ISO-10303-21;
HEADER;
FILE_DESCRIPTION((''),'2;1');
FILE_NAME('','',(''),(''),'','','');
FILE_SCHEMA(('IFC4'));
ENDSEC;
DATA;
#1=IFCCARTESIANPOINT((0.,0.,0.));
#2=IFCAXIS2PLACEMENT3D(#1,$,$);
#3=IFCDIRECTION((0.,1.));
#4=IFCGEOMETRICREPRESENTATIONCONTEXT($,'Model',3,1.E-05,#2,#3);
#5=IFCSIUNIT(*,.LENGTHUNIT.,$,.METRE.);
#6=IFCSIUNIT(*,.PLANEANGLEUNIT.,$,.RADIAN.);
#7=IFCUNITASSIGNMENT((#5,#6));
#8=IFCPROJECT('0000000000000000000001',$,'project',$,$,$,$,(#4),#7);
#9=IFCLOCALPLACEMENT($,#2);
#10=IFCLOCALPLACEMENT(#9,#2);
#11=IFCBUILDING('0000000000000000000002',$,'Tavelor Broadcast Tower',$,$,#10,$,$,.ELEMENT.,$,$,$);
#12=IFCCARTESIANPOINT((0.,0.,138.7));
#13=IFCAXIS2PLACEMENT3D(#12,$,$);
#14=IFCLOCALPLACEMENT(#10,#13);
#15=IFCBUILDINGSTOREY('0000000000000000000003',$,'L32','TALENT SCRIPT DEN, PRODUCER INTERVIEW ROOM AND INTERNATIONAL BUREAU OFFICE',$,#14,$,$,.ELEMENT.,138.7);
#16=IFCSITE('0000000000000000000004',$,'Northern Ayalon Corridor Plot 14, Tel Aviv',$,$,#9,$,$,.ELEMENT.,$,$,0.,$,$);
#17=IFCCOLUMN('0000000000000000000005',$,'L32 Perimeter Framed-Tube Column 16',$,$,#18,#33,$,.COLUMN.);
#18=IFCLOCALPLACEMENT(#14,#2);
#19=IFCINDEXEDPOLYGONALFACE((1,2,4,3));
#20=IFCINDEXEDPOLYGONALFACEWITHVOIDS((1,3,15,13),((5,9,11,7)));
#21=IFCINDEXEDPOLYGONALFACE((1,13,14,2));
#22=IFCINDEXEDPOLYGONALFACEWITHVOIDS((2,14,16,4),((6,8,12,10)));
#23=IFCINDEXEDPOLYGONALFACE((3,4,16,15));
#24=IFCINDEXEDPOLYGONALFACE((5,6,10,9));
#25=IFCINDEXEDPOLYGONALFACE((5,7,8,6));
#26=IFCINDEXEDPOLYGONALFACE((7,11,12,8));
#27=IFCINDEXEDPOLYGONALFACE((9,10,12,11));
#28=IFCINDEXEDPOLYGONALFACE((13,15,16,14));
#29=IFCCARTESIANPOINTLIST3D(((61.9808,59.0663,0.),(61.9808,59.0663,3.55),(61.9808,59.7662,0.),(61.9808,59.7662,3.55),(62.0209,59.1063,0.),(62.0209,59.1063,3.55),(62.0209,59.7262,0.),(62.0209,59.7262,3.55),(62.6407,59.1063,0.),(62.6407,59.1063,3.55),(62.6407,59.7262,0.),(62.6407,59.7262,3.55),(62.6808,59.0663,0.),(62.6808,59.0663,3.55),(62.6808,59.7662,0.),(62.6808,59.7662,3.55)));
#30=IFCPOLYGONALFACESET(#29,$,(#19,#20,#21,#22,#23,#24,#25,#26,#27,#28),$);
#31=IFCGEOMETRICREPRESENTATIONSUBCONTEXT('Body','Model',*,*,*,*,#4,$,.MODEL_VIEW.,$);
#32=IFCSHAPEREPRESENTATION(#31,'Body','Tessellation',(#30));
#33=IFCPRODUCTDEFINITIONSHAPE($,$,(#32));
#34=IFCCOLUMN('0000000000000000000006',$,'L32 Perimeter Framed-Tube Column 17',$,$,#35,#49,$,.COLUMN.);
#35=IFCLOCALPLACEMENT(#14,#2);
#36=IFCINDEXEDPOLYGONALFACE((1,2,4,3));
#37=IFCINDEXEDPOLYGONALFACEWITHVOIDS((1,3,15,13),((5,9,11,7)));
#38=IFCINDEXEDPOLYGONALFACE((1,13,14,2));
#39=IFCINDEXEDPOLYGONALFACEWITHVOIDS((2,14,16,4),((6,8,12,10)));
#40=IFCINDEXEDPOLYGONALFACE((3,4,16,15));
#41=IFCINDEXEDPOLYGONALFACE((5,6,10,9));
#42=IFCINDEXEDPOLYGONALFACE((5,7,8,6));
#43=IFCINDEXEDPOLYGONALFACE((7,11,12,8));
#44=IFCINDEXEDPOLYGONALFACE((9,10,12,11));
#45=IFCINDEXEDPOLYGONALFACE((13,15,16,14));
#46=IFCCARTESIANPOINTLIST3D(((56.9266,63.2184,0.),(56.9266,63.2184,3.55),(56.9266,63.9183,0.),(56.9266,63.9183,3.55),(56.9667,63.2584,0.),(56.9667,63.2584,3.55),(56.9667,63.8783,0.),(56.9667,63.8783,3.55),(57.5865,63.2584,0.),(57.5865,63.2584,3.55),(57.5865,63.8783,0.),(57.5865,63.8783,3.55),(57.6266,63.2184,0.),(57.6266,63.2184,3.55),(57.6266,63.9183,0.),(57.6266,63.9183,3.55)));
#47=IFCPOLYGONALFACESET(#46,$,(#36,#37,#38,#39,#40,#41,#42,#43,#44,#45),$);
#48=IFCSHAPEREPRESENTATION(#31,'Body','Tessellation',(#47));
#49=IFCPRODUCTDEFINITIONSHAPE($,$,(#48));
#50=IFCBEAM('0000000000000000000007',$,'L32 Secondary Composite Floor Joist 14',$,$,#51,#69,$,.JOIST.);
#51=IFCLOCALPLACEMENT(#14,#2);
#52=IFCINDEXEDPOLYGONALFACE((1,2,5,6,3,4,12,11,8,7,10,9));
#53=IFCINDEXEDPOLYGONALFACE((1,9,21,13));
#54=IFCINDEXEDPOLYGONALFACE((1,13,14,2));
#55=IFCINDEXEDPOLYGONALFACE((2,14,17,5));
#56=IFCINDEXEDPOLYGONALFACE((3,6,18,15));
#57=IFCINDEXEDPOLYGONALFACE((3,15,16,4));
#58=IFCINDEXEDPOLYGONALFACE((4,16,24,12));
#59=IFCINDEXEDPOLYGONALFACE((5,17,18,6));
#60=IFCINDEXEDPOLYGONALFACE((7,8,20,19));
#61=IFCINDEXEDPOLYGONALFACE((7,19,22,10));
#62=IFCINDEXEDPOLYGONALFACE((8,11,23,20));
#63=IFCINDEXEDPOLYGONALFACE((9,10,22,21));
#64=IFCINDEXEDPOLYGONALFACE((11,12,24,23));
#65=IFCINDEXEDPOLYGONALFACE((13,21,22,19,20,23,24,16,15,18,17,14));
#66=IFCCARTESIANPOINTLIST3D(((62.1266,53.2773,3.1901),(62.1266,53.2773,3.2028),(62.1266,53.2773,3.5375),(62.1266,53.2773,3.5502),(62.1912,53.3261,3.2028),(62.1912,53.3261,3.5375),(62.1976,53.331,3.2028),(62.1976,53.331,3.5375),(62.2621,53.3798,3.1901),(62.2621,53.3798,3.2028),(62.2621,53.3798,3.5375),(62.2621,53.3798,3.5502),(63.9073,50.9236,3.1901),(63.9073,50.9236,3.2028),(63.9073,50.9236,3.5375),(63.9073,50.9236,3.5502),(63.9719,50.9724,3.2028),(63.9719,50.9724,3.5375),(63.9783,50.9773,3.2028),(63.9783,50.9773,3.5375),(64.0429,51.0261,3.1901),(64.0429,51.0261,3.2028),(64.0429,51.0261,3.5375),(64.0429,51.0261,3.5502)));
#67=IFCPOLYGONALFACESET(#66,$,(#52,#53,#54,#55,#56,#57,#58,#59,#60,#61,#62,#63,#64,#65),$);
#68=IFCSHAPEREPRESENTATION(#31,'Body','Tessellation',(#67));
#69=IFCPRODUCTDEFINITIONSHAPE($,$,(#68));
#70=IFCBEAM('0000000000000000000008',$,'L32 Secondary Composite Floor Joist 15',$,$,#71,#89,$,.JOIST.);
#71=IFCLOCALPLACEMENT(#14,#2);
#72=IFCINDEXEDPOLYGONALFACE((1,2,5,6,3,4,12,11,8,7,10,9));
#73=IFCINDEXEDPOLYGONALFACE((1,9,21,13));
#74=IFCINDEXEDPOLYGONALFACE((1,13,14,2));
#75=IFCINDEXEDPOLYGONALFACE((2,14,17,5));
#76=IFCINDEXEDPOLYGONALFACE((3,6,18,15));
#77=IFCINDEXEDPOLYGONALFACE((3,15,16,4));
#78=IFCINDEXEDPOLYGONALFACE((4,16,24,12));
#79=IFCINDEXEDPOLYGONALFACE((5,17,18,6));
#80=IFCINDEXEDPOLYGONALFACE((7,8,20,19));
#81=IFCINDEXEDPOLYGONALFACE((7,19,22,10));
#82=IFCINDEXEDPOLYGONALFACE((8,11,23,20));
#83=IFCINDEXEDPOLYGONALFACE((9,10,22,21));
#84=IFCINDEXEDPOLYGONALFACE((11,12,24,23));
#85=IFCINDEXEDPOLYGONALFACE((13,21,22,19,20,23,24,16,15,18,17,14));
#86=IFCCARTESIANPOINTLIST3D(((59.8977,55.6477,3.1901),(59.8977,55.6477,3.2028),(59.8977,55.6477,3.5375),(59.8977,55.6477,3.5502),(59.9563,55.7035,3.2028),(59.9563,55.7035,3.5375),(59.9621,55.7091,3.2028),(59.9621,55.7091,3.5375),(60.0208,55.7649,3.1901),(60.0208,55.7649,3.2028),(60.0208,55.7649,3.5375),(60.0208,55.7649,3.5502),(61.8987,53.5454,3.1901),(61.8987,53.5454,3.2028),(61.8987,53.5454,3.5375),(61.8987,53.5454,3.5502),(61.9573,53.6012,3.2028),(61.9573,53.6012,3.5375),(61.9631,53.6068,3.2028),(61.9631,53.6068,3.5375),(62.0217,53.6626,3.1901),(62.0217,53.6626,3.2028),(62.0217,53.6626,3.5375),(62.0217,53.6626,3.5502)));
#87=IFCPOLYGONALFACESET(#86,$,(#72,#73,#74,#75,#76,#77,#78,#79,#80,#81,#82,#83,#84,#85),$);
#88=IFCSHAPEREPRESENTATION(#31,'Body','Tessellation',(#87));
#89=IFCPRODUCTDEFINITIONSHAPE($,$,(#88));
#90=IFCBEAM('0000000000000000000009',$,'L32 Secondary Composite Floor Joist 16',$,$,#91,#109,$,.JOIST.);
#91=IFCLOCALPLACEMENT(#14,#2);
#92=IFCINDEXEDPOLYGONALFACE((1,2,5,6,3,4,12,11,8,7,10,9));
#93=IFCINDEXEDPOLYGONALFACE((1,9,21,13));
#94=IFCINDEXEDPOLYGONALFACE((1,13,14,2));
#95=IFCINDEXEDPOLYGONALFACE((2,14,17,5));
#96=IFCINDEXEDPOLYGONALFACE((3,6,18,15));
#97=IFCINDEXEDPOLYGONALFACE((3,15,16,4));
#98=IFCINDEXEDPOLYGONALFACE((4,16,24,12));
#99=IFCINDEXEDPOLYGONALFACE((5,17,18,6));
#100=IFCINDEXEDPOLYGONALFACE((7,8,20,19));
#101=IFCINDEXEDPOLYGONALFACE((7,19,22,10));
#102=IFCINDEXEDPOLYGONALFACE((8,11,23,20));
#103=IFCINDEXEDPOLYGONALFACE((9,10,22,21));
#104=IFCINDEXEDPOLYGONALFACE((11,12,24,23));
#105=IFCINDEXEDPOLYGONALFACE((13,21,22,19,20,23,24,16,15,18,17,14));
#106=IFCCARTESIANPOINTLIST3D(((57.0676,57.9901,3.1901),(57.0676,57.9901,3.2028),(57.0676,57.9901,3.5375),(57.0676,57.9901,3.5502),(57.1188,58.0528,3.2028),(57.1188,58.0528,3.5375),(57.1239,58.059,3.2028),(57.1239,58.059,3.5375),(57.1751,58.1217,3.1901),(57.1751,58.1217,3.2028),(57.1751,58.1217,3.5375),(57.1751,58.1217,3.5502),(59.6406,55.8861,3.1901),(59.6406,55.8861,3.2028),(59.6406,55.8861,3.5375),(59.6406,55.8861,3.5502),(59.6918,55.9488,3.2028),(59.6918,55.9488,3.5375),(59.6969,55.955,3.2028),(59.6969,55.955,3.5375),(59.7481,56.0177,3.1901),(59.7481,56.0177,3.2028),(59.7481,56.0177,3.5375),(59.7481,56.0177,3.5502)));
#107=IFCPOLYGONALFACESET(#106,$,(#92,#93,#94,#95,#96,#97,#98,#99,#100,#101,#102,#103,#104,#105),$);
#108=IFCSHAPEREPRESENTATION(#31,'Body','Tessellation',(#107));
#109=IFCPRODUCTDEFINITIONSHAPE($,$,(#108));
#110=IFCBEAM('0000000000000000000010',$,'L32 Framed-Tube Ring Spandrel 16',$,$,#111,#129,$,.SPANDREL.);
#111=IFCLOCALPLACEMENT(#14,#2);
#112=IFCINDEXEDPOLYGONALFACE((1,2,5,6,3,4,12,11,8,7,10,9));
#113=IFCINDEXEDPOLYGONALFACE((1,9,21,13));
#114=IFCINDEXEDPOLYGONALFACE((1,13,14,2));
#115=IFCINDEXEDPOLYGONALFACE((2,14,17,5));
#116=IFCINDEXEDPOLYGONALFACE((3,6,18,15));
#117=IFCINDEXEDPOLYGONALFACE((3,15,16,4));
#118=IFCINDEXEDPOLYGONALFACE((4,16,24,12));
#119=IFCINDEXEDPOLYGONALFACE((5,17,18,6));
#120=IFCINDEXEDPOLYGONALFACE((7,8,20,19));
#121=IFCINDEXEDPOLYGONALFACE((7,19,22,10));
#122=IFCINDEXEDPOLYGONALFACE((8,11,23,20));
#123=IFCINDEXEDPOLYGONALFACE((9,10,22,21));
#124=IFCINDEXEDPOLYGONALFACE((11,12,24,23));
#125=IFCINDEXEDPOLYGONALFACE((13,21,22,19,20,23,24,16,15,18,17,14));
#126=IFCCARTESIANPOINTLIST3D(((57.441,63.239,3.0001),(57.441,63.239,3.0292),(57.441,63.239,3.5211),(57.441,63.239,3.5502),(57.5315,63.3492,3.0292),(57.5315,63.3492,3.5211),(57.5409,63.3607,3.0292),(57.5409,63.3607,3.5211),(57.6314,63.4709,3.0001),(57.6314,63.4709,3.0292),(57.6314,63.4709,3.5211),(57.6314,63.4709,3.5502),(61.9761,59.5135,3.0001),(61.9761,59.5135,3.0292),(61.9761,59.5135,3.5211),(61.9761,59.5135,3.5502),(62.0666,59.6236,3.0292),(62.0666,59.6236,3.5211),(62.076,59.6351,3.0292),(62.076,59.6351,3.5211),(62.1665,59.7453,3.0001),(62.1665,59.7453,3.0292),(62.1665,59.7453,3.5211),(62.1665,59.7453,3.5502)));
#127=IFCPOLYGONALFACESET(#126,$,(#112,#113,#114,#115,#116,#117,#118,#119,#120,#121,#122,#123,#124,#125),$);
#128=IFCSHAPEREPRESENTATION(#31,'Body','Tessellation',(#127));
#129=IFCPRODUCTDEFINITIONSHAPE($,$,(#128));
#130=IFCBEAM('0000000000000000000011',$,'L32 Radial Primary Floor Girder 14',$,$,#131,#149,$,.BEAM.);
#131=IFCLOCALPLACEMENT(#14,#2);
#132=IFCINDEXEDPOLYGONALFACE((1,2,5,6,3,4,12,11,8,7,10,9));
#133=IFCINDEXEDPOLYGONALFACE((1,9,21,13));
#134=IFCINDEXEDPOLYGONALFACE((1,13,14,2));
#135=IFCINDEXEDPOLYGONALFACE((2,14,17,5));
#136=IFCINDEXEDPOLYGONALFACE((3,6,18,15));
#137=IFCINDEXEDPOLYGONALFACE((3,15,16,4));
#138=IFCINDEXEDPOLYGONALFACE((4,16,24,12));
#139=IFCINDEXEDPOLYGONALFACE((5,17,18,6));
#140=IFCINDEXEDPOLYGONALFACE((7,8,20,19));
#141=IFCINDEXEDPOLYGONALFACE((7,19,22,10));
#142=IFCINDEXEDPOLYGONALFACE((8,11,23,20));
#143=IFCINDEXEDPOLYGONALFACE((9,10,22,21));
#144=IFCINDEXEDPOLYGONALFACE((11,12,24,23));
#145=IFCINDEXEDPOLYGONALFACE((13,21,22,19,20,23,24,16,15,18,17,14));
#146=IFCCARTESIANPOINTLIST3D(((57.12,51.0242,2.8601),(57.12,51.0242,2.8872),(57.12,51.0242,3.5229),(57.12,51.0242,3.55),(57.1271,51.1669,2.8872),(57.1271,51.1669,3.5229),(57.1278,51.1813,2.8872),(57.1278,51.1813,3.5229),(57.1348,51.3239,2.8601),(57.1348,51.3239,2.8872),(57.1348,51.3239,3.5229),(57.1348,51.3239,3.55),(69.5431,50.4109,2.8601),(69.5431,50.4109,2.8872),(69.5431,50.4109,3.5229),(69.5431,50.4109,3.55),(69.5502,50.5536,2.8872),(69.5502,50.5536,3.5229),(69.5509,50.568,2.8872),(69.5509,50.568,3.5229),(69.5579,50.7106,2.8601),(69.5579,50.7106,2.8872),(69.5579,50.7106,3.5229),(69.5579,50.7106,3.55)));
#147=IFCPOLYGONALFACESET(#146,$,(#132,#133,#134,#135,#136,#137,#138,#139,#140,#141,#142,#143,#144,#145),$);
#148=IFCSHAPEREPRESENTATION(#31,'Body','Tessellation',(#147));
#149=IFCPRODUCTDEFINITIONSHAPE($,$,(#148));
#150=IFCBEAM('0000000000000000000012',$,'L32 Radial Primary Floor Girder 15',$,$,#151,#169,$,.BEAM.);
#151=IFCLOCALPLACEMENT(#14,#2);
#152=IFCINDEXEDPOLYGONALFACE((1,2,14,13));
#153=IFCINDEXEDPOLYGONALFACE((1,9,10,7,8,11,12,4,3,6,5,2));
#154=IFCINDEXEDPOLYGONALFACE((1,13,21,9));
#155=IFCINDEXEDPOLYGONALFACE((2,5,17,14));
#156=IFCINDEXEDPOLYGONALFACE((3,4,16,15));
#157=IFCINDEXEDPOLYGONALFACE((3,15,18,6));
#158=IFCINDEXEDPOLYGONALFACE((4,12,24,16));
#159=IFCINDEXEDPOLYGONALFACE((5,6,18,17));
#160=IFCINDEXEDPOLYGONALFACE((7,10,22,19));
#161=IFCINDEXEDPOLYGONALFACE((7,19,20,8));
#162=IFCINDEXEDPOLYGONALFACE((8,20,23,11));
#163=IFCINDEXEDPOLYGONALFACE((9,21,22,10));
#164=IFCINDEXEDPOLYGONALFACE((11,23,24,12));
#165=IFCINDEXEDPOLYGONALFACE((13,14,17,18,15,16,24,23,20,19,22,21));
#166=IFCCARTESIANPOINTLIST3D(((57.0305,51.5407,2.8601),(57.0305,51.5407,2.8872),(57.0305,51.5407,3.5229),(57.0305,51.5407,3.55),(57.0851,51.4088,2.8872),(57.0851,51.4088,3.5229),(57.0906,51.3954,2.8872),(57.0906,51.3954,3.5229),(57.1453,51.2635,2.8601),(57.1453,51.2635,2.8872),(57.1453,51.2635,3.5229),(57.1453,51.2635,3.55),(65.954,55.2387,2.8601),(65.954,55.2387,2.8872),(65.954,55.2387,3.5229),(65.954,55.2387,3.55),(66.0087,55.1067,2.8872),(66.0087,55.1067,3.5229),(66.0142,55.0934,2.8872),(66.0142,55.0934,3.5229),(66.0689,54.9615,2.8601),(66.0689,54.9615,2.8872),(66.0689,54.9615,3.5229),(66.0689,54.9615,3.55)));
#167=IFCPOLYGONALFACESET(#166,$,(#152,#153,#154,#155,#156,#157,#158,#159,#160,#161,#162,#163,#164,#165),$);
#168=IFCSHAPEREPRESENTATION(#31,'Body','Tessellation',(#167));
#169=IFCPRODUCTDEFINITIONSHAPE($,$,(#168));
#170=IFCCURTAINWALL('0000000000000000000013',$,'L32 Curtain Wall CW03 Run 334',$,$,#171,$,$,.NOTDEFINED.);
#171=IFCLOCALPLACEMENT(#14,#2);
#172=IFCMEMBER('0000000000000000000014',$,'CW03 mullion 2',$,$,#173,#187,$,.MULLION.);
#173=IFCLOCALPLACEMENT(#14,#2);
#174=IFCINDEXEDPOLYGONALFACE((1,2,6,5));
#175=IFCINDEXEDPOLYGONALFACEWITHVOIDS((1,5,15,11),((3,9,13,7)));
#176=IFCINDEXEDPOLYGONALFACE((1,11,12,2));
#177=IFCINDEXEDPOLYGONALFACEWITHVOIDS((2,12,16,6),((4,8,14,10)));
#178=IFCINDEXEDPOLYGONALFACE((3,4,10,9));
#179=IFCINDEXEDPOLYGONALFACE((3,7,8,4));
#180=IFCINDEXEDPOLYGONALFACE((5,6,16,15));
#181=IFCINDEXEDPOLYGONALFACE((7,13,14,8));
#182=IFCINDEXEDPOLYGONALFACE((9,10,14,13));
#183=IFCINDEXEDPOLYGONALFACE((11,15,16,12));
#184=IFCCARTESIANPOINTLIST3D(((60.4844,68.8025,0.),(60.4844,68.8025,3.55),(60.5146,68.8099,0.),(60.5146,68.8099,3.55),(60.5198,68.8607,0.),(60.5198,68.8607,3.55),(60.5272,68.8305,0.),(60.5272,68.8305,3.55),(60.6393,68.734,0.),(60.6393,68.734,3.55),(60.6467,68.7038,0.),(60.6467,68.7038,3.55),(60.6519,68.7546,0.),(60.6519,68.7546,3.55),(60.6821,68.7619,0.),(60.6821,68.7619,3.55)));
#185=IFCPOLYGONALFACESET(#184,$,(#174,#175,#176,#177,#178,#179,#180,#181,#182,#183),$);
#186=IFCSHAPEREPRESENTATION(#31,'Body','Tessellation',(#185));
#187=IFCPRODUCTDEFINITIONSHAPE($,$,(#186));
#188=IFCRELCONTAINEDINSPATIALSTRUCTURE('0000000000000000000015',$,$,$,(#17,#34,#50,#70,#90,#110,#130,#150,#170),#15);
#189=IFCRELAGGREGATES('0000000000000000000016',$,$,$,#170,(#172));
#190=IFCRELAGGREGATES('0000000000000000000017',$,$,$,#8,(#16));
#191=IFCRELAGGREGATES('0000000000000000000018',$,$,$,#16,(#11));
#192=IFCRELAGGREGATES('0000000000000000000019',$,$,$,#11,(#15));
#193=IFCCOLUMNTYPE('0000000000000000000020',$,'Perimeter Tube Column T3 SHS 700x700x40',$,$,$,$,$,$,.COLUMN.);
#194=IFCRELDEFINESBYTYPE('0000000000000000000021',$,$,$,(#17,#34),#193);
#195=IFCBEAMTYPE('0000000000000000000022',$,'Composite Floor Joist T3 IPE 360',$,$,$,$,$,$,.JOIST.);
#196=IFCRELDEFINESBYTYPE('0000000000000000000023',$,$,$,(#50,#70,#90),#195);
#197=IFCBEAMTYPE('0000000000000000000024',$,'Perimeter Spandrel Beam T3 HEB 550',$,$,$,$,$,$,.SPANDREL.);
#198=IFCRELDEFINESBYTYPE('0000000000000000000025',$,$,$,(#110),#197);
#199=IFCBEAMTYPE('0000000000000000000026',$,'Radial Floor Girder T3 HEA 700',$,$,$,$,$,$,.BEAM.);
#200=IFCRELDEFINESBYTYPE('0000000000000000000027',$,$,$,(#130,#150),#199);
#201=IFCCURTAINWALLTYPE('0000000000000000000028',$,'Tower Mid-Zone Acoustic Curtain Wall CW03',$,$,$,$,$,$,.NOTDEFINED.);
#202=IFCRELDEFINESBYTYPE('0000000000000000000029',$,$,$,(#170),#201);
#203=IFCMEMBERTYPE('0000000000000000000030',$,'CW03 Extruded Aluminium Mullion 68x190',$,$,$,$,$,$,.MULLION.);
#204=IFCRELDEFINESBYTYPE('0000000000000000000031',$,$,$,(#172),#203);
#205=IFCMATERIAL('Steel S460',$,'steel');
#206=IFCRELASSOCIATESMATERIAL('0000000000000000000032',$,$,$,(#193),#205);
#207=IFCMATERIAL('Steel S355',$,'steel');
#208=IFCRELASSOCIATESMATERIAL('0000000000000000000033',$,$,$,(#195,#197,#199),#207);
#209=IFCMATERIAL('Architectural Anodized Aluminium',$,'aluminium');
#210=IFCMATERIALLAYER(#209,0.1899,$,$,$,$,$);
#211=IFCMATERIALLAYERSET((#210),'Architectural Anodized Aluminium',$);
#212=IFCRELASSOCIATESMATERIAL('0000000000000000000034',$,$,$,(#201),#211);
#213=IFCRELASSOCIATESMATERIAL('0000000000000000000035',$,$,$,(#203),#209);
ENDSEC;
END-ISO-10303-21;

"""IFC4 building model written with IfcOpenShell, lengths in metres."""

from ifc_helpers import new_model, si_unit, direction, frame, origin, origin_2d, place, context, subcontext, project, spatial, hollow_rectangle, i_section, extrude, source, transform, mapped, material, layer, layer_set, material_profile, profile_set, type_object, type_shapes, element, aggregate, save


model = new_model("IFC4")

# Units and contexts
model_context = context("Model", 3, precision=1e-05, world=origin(), true_north=direction((0.0, 1.0)))
body_context = subcontext(model_context, "Body", "Model", "MODEL_VIEW")
ifc_project = project(units=[si_unit("LENGTHUNIT", "METRE"), si_unit("PLANEANGLEUNIT", "RADIAN")], contexts=[model_context])

# Site, building, storey
site_placement = place(None, origin())
site = spatial("IfcSite", under=ifc_project, at=site_placement, Name="Northern Ayalon Corridor Plot 14, Tel Aviv", CompositionType="ELEMENT", RefElevation=0.0)
building_placement = place(site_placement, origin())
building = spatial("IfcBuilding", under=site, at=building_placement, Name="Tavelor Broadcast Tower", CompositionType="ELEMENT")
storey_placement = place(building_placement, frame((0.0, 0.0, 138.7)))
storey = spatial("IfcBuildingStorey", under=building, at=storey_placement, Name="L32", Description="TALENT SCRIPT DEN, PRODUCER INTERVIEW ROOM AND INTERNATIONAL BUREAU OFFICE", CompositionType="ELEMENT", Elevation=138.7)

# Columns
ifc_material_1 = material(Name="Steel S460", Category="steel")
ifc_material_profile_1 = material_profile(ifc_material_1, hollow_rectangle(XDim=0.7, YDim=0.7, WallThickness=0.04, at=origin_2d()), Name="SHS 700x700x40")
ifc_profile_set_1 = profile_set([ifc_material_profile_1], Name="Steel S460")
column_type = type_object("IfcColumnType", Name="Perimeter Tube Column T3 SHS 700x700x40", PredefinedType="COLUMN", material=ifc_profile_set_1)
for number, where, z_axis, x_axis, name in (
    (1, (62.3308, 59.4163, 0.0), (0.0, 0.0, 1.0), (1.0, 0.0, 0.0), "L32 Perimeter Framed-Tube Column 16"),
    (2, (57.2766, 63.5684, 0.0), (0.0, 0.0, 1.0), (1.0, 0.0, 0.0), "L32 Perimeter Framed-Tube Column 17"),
):
    element("IfcColumn", number, at=place(storey_placement, frame(where, z_axis=z_axis, x_axis=x_axis)), inside=storey, type_object=column_type, Name=name, PredefinedType="COLUMN", context=body_context, shape_type="SweptSolid", body=[
        extrude(hollow_rectangle(XDim=0.7, YDim=0.7, WallThickness=0.04, at=origin_2d()), origin(), (0.0, 0.0, 1.0), 3.55),
    ])

# Beams
ifc_material_2 = material(Name="Steel S355", Category="steel")
ifc_material_profile_2 = material_profile(ifc_material_2, i_section(OverallWidth=0.1699, OverallDepth=0.3601, WebThickness=0.0081, FlangeThickness=0.0127, at=origin_2d()), Name="IPE 360")
ifc_profile_set_2 = profile_set([ifc_material_profile_2], Name="Steel S355")
beam_type_1 = type_object("IfcBeamType", Name="Composite Floor Joist T3 IPE 360", PredefinedType="JOIST", material=ifc_profile_set_2)
beam_1_placement = place(storey_placement, frame((63.9751, 50.9749, 3.3701), z_axis=(-0.603343, 0.797482, 0.0), x_axis=(-0.797482, -0.603343, 0.0)))
element("IfcBeam", 3, at=beam_1_placement, inside=storey, type_object=beam_type_1, Name="L32 Secondary Composite Floor Joist 14", PredefinedType="JOIST", context=body_context, shape_type="SweptSolid", body=[
    extrude(i_section(OverallWidth=0.1699, OverallDepth=0.3601, WebThickness=0.0081, FlangeThickness=0.0127, at=origin_2d()), origin(), (0.0, 0.0, 1.0), 2.9514),
])
beam_2_placement = place(storey_placement, frame((61.9602, 53.604, 3.3701), z_axis=(-0.689437, 0.724346, 0.0), x_axis=(-0.724346, -0.689437, 0.0)))
element("IfcBeam", 4, at=beam_2_placement, inside=storey, type_object=beam_type_1, Name="L32 Secondary Composite Floor Joist 15", PredefinedType="JOIST", context=body_context, shape_type="SweptSolid", body=[
    extrude(i_section(OverallWidth=0.1699, OverallDepth=0.3601, WebThickness=0.0081, FlangeThickness=0.0127, at=origin_2d()), origin(), (0.0, 0.0, 1.0), 2.9023),
])
beam_3_placement = place(storey_placement, frame((59.6943, 55.9519, 3.3701), z_axis=(-0.774131, 0.633026, 0.0), x_axis=(-0.633026, -0.774131, 0.0)))
element("IfcBeam", 5, at=beam_3_placement, inside=storey, type_object=beam_type_1, Name="L32 Secondary Composite Floor Joist 16", PredefinedType="JOIST", context=body_context, shape_type="SweptSolid", body=[
    extrude(i_section(OverallWidth=0.1699, OverallDepth=0.3601, WebThickness=0.0081, FlangeThickness=0.0127, at=origin_2d()), origin(), (0.0, 0.0, 1.0), 3.3237),
])
ifc_material_profile_3 = material_profile(ifc_material_2, i_section(OverallWidth=0.3, OverallDepth=0.55, WebThickness=0.0149, FlangeThickness=0.0291, at=origin_2d()), Name="HEB 550")
ifc_profile_set_3 = profile_set([ifc_material_profile_3], Name="Steel S355")
beam_type_2 = type_object("IfcBeamType", Name="Perimeter Spandrel Beam T3 HEB 550", PredefinedType="SPANDREL", material=ifc_profile_set_3)
beam_4_placement = place(storey_placement, frame((62.0713, 59.6294, 3.2751), z_axis=(-0.772703, 0.634768, 0.0), x_axis=(-0.634768, -0.772703, 0.0)))
element("IfcBeam", 6, at=beam_4_placement, inside=storey, type_object=beam_type_2, Name="L32 Framed-Tube Ring Spandrel 16", PredefinedType="SPANDREL", context=body_context, shape_type="SweptSolid", body=[
    extrude(i_section(OverallWidth=0.3, OverallDepth=0.55, WebThickness=0.0149, FlangeThickness=0.0291, at=origin_2d()), origin(), (0.0, 0.0, 1.0), 5.8691),
])
ifc_material_profile_4 = material_profile(ifc_material_2, i_section(OverallWidth=0.3, OverallDepth=0.6899, WebThickness=0.0144, FlangeThickness=0.0271, at=origin_2d()), Name="HEA 700")
ifc_profile_set_4 = profile_set([ifc_material_profile_4], Name="Steel S355")
beam_type_3 = type_object("IfcBeamType", Name="Radial Floor Girder T3 HEA 700", PredefinedType="BEAM", material=ifc_profile_set_4)
beam_5_placement = place(storey_placement, frame((57.1274, 51.1741, 3.2051), z_axis=(0.998784, -0.049306, 0.0), x_axis=(0.049306, 0.998784, 0.0)))
element("IfcBeam", 7, at=beam_5_placement, inside=storey, type_object=beam_type_3, Name="L32 Radial Primary Floor Girder 14", PredefinedType="BEAM", context=body_context, shape_type="SweptSolid", body=[
    extrude(i_section(OverallWidth=0.3, OverallDepth=0.6899, WebThickness=0.0144, FlangeThickness=0.0271, at=origin_2d()), origin(), (0.0, 0.0, 1.0), 12.4382),
])
beam_6_placement = place(storey_placement, frame((57.0879, 51.4021, 3.2051), z_axis=(0.923816, 0.382836, 0.0), x_axis=(-0.382836, 0.923816, 0.0)))
element("IfcBeam", 8, at=beam_6_placement, inside=storey, type_object=beam_type_3, Name="L32 Radial Primary Floor Girder 15", PredefinedType="BEAM", context=body_context, shape_type="SweptSolid", body=[
    extrude(i_section(OverallWidth=0.3, OverallDepth=0.6899, WebThickness=0.0144, FlangeThickness=0.0271, at=origin_2d()), origin(), (0.0, 0.0, 1.0), 9.6594),
])

# Curtain wall, member
ifc_material_3 = material(Name="Architectural Anodized Aluminium", Category="aluminium")
ifc_layer_1 = layer(ifc_material_3, 0.1899)
ifc_layer_set_1 = layer_set([ifc_layer_1], Name="Architectural Anodized Aluminium")
curtain_wall_type = type_object("IfcCurtainWallType", Name="Tower Mid-Zone Acoustic Curtain Wall CW03", PredefinedType="NOTDEFINED", material=ifc_layer_set_1)
curtain_wall_1_placement = place(storey_placement, origin())
curtain_wall_1 = element("IfcCurtainWall", 9, at=curtain_wall_1_placement, inside=storey, type_object=curtain_wall_type, Name="L32 Curtain Wall CW03 Run 334", PredefinedType="NOTDEFINED")
ifc_material_profile_5 = material_profile(ifc_material_3, hollow_rectangle(XDim=0.0681, YDim=0.1899, WallThickness=0.022, at=origin_2d()), Name="RHS 68x190x22")
ifc_profile_set_5 = profile_set([ifc_material_profile_5], Name="Architectural Anodized Aluminium")
member_type_1 = type_object("IfcMemberType", Name="CW03 Extruded Aluminium Mullion 68x190", PredefinedType="MULLION", material=ifc_profile_set_5)
shared_shape_1 = source(origin(), body_context, "Body", "SweptSolid", [
    extrude(hollow_rectangle(XDim=0.0681, YDim=0.1899, WallThickness=0.022, at=origin_2d()), origin(), (0.0, 0.0, 1.0), 3.55),
])
type_shapes(member_type_1, [shared_shape_1])
member_1_placement = place(storey_placement, frame((60.5833, 68.7822, 0.0), z_axis=(0.0, 0.0, 1.0), x_axis=(-0.51989, -0.854233, 0.0)))
member_1 = element("IfcMember", 10, at=member_1_placement, type_object=member_type_1, Name="CW03 mullion 2", PredefinedType="MULLION", context=body_context, shape_type="MappedRepresentation", body=[
    mapped(shared_shape_1, transform((0.0, 0.0, 0.0), scale=1.0)),
])

aggregate(curtain_wall_1, [member_1])

save(model, "model.ifc")
